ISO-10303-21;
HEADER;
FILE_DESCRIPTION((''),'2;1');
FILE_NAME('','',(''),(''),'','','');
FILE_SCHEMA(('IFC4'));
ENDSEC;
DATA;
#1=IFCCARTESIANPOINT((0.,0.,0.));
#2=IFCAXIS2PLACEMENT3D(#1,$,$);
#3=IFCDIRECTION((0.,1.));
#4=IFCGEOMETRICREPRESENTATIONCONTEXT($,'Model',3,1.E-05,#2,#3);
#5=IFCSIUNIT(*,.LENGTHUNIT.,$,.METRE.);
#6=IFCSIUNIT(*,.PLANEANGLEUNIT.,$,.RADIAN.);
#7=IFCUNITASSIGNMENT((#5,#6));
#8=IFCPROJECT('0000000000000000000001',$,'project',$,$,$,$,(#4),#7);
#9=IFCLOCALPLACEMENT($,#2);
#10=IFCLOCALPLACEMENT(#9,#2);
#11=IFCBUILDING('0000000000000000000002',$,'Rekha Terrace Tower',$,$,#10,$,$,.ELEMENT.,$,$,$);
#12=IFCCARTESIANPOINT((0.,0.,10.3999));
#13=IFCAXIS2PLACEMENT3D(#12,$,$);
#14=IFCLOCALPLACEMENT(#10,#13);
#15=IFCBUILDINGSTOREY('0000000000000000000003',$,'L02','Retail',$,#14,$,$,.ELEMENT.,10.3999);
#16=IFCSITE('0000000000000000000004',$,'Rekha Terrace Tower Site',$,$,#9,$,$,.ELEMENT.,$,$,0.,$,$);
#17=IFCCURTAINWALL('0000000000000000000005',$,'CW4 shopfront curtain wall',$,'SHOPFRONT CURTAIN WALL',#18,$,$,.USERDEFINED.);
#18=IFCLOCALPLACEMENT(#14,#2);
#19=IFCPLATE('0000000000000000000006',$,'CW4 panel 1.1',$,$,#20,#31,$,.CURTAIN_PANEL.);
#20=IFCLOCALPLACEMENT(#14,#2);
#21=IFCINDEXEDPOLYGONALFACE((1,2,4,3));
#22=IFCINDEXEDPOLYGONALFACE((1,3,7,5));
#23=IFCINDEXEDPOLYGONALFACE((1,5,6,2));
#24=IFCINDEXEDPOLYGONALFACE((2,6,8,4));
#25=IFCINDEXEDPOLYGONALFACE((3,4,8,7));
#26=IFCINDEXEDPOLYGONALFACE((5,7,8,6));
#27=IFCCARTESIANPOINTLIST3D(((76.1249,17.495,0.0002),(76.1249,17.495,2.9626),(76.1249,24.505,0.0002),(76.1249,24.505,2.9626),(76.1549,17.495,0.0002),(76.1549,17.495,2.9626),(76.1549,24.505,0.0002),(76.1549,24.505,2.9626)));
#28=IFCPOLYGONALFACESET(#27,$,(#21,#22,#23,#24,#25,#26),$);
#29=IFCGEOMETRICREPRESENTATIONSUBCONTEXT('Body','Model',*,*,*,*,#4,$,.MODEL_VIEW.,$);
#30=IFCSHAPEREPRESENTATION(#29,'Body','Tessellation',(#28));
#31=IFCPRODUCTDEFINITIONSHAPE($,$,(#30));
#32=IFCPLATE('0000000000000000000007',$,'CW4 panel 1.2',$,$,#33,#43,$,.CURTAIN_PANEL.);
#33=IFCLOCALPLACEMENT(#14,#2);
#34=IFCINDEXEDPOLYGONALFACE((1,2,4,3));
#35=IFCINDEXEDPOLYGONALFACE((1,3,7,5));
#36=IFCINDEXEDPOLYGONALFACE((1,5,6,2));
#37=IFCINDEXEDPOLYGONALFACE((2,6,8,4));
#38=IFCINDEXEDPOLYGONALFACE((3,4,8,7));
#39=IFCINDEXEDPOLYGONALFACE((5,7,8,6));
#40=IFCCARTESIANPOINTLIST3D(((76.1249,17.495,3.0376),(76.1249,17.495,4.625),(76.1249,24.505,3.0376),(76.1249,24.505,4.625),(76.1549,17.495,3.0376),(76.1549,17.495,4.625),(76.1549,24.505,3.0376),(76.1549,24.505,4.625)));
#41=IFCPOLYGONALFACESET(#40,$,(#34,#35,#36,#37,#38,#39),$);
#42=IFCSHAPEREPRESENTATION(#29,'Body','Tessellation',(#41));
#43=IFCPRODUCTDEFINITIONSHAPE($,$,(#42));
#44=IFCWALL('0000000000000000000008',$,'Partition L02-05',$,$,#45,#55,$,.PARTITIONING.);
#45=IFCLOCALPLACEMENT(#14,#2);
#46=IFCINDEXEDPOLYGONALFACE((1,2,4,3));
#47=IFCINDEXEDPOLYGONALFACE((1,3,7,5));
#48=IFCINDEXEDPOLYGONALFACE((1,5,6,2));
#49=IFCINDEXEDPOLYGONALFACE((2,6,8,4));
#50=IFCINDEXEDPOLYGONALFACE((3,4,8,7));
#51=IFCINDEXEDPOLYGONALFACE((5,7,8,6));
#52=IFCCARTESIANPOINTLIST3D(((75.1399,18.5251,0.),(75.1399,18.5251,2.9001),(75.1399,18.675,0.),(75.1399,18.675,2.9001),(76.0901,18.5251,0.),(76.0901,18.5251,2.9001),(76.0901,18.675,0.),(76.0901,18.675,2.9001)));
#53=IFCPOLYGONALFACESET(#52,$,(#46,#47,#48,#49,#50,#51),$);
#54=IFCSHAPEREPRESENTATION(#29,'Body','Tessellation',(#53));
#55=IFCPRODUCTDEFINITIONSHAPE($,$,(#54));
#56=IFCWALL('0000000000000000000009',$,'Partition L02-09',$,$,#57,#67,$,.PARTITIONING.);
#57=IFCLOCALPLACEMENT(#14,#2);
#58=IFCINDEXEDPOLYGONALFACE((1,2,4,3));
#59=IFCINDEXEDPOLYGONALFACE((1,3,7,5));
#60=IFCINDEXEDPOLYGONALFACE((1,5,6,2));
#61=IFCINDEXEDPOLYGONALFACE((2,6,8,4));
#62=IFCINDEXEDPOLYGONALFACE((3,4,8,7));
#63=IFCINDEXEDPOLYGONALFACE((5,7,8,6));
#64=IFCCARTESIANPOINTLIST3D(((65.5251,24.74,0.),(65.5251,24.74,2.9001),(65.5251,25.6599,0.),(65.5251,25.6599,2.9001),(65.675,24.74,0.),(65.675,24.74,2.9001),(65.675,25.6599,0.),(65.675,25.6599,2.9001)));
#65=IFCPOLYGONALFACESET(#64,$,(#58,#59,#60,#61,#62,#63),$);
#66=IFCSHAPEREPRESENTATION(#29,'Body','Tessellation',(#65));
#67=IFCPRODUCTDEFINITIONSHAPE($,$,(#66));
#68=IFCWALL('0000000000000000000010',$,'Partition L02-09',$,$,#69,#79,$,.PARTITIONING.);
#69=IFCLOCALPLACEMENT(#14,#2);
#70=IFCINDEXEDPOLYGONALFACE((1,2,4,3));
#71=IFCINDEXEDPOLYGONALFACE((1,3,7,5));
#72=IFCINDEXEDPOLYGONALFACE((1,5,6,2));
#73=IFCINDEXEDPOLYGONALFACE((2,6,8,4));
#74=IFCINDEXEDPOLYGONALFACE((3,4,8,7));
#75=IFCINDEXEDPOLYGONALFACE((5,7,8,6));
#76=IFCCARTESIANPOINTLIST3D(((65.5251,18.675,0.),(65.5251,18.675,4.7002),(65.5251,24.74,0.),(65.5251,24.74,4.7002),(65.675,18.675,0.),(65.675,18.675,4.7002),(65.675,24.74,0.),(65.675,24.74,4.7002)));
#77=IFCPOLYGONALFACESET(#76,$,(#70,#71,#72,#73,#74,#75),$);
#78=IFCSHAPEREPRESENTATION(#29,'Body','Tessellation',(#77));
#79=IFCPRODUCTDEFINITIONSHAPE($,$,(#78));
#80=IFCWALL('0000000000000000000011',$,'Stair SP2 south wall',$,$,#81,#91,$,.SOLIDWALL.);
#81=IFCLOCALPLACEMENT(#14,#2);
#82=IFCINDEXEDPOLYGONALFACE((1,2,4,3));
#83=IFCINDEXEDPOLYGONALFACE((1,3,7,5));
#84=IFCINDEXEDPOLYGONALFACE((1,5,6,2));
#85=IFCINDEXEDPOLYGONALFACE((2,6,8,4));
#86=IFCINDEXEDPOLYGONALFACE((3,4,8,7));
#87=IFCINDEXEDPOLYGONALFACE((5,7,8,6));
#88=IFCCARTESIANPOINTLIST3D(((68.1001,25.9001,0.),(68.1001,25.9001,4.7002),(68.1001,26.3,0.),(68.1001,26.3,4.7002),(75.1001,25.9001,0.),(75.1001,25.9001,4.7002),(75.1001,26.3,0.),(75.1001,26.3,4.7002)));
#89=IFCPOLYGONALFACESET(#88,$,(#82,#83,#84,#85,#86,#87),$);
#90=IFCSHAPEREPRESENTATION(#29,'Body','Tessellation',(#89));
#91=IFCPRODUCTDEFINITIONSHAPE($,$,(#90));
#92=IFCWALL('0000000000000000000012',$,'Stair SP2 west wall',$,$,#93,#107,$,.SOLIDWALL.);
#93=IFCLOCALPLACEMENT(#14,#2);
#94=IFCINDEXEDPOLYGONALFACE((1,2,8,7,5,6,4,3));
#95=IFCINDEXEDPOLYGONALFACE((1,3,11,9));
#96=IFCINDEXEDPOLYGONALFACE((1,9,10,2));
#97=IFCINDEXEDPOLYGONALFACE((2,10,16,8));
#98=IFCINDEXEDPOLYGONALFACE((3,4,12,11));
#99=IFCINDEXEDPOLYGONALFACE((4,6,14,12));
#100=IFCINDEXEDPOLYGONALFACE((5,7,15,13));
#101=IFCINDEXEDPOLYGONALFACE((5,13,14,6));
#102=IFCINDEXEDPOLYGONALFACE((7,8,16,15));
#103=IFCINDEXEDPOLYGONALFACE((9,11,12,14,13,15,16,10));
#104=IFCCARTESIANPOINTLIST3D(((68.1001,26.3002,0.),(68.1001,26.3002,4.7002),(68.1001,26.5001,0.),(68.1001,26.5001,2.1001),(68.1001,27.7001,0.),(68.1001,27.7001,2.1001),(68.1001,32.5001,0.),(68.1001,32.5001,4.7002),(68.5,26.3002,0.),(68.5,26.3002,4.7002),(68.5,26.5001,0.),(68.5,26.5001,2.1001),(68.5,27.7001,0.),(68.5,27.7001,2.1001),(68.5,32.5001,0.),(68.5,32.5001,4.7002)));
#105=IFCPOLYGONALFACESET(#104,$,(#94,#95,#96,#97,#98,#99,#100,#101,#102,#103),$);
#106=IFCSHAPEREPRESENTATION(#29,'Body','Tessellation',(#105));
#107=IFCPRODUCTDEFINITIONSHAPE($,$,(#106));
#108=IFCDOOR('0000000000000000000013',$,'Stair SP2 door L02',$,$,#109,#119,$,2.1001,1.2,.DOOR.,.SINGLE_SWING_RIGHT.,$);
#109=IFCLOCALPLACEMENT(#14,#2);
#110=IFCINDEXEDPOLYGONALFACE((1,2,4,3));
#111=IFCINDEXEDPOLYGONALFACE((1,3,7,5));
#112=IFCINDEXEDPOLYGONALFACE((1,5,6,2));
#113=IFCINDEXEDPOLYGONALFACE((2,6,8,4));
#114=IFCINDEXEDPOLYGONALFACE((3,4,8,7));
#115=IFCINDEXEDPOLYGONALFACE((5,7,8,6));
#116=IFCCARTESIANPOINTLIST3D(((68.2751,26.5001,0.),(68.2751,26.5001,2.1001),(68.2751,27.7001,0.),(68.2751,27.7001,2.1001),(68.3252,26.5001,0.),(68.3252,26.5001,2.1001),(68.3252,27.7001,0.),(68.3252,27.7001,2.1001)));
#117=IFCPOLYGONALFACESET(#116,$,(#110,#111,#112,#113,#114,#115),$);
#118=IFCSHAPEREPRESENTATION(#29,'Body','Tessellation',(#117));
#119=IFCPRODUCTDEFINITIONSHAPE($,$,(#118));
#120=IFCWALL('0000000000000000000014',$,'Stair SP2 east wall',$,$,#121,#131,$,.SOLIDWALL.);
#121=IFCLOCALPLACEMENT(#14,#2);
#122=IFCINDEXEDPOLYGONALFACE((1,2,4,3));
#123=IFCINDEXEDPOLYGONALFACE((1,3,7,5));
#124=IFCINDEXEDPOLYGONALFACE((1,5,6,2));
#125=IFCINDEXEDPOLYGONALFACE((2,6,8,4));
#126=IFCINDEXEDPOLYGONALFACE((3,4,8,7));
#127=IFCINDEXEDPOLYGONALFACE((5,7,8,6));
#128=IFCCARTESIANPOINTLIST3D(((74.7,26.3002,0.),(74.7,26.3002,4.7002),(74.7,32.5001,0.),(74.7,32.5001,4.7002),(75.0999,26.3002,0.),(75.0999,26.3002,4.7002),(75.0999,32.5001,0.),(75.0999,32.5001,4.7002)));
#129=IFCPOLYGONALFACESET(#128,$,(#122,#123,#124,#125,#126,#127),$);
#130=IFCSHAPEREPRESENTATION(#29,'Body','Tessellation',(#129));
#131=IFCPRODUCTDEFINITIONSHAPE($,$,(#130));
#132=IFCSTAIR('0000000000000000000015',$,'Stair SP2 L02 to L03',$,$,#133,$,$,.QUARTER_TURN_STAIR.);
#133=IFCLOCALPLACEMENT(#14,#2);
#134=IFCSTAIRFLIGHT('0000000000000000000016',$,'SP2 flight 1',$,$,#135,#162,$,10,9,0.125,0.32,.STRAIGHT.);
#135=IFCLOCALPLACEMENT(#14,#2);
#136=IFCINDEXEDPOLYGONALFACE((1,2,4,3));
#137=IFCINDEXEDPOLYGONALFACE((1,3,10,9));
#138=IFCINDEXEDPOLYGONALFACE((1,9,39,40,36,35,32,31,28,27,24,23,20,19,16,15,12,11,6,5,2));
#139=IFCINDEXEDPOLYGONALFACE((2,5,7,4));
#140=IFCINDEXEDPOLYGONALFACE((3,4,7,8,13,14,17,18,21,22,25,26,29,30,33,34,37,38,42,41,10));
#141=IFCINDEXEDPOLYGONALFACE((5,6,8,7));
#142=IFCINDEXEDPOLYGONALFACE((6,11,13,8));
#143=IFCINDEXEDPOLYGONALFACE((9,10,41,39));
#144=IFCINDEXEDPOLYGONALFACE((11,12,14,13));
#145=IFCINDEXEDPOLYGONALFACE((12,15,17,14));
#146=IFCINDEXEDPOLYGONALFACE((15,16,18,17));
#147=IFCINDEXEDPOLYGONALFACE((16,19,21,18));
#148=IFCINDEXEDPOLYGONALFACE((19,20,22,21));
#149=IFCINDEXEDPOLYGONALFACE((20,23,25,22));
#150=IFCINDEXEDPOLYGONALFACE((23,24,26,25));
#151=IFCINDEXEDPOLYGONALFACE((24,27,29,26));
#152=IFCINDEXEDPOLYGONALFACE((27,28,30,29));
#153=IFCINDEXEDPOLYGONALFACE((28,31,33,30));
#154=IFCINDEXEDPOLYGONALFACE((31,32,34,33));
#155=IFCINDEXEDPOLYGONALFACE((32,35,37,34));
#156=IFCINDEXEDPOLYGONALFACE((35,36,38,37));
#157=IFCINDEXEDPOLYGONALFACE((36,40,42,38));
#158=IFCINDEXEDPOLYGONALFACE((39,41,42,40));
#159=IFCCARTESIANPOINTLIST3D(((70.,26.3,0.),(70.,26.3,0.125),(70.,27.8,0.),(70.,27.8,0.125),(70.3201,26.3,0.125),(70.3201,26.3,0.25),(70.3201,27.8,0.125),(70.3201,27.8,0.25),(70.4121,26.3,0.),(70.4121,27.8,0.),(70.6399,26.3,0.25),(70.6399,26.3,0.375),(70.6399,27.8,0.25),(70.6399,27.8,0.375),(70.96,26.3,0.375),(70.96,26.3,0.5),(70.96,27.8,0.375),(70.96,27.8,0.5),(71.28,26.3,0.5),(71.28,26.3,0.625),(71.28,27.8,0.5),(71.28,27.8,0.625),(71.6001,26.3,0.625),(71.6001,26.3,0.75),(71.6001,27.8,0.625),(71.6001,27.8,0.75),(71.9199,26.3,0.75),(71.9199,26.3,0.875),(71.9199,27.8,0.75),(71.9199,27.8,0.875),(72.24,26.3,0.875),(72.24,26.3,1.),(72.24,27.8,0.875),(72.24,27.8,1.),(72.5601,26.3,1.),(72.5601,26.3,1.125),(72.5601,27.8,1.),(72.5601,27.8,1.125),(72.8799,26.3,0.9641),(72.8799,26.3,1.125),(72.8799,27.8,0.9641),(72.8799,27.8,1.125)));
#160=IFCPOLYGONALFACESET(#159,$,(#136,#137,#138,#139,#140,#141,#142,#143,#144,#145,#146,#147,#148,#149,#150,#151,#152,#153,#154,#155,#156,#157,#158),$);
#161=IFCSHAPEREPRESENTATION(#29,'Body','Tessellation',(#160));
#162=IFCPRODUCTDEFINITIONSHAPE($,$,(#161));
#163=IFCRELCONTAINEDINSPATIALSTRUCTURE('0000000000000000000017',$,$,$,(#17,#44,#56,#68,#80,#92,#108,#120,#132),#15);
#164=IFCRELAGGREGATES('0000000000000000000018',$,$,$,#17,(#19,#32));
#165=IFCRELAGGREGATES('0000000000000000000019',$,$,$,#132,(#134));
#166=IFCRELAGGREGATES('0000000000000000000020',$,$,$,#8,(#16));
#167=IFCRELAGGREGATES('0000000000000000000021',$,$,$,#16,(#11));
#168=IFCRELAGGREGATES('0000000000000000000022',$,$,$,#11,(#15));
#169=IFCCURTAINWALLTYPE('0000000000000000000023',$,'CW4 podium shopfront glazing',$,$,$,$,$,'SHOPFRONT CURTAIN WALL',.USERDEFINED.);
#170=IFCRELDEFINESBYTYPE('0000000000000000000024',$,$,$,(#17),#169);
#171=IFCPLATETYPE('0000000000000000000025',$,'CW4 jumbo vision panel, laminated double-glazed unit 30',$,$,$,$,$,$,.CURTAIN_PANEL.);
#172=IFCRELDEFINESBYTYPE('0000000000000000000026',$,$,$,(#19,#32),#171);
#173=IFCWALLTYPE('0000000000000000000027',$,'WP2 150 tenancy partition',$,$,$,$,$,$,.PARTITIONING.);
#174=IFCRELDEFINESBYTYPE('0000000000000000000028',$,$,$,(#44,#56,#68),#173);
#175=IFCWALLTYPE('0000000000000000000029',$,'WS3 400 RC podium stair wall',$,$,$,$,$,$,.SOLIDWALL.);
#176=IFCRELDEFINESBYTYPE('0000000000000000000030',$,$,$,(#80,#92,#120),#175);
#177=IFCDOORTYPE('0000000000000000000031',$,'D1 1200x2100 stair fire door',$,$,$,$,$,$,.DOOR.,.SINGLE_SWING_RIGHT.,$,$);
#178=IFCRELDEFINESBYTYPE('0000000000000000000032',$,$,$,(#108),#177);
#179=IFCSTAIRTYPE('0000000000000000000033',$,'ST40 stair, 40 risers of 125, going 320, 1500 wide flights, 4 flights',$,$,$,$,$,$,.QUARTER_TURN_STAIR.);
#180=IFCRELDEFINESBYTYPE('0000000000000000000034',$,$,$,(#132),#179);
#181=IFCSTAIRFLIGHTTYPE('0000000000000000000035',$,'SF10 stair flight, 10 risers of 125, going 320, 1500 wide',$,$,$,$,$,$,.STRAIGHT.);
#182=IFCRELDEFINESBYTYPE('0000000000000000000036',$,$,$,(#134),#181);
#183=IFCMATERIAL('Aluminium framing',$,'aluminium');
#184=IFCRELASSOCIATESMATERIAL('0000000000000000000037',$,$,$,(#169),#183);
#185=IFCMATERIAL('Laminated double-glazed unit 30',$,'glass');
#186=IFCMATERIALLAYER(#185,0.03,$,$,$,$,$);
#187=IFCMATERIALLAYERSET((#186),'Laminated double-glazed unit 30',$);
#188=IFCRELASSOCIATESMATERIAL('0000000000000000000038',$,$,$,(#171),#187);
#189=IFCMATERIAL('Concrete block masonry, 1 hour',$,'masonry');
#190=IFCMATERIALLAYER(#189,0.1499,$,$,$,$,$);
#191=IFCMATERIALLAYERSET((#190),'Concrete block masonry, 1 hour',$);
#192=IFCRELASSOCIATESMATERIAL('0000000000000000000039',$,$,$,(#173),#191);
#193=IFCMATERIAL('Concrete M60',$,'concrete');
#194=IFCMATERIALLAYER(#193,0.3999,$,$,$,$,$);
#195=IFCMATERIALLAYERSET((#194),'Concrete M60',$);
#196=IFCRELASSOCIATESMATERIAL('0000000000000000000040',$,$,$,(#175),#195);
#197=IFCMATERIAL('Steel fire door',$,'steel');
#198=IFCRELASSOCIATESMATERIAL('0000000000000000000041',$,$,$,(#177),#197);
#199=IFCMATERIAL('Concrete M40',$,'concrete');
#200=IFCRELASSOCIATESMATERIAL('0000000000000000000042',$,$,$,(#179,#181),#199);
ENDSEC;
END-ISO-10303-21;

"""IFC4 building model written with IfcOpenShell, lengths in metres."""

from ifc_helpers import new_model, si_unit, direction, frame, frame_2d, origin, origin_2d, place, context, subcontext, project, spatial, polyline, rectangle, outline, extrude, material, layer, layer_set, type_object, element, fill, aggregate, save


model = new_model("IFC4")

# Units and contexts
model_context = context("Model", 3, precision=1e-05, world=origin(), true_north=direction((0.0, 1.0)))
body_context = subcontext(model_context, "Body", "Model", "MODEL_VIEW")
ifc_project = project(units=[si_unit("LENGTHUNIT", "METRE"), si_unit("PLANEANGLEUNIT", "RADIAN")], contexts=[model_context])

# Site, building, storey
site_placement = place(None, origin())
site = spatial("IfcSite", under=ifc_project, at=site_placement, Name="Rekha Terrace Tower Site", CompositionType="ELEMENT", RefElevation=0.0)
building_placement = place(site_placement, origin())
building = spatial("IfcBuilding", under=site, at=building_placement, Name="Rekha Terrace Tower", CompositionType="ELEMENT")
storey_placement = place(building_placement, frame((0.0, 0.0, 10.3999)))
storey = spatial("IfcBuildingStorey", under=building, at=storey_placement, Name="L02", Description="Retail", CompositionType="ELEMENT", Elevation=10.3999)

# Shared definitions
ifc_material_1 = material(Name="Concrete M60", Category="concrete")

# Curtain wall
ifc_material_2 = material(Name="Aluminium framing", Category="aluminium")
curtain_wall_type = type_object("IfcCurtainWallType", Name="CW4 podium shopfront glazing", ElementType="SHOPFRONT CURTAIN WALL", PredefinedType="USERDEFINED", material=ifc_material_2)
curtain_wall_1_placement = place(storey_placement, origin())
curtain_wall_1 = element("IfcCurtainWall", 1, at=curtain_wall_1_placement, inside=storey, type_object=curtain_wall_type, Name="CW4 shopfront curtain wall", ObjectType="SHOPFRONT CURTAIN WALL", PredefinedType="USERDEFINED")

# Plates
ifc_material_3 = material(Name="Laminated double-glazed unit 30", Category="glass")
ifc_layer_1 = layer(ifc_material_3, 0.03)
ifc_layer_set_1 = layer_set([ifc_layer_1], Name="Laminated double-glazed unit 30")
plate_type = type_object("IfcPlateType", Name="CW4 jumbo vision panel, laminated double-glazed unit 30", PredefinedType="CURTAIN_PANEL", material=ifc_layer_set_1)
plate_1_placement = place(storey_placement, frame((76.1399, 21.0, 0.0002), z_axis=(0.0, 0.0, 1.0), x_axis=(0.0, 1.0, 0.0)))
plate_1 = element("IfcPlate", 2, at=plate_1_placement, type_object=plate_type, Name="CW4 panel 1.1", PredefinedType="CURTAIN_PANEL", context=body_context, shape_type="SweptSolid", body=[
    extrude(rectangle(XDim=7.01, YDim=0.03, at=origin_2d()), origin(), (0.0, 0.0, 1.0), 2.9624),
])
plate_2_placement = place(storey_placement, frame((76.1399, 21.0, 3.0376), z_axis=(0.0, 0.0, 1.0), x_axis=(0.0, 1.0, 0.0)))
plate_2 = element("IfcPlate", 3, at=plate_2_placement, type_object=plate_type, Name="CW4 panel 1.2", PredefinedType="CURTAIN_PANEL", context=body_context, shape_type="SweptSolid", body=[
    extrude(rectangle(XDim=7.01, YDim=0.03, at=origin_2d()), origin(), (0.0, 0.0, 1.0), 1.5874),
])
aggregate(curtain_wall_1, [plate_1, plate_2])

# Shared definitions
ifc_material_4 = material(Name="Concrete block masonry, 1 hour", Category="masonry")
ifc_layer_2 = layer(ifc_material_4, 0.1499)
ifc_layer_set_2 = layer_set([ifc_layer_2], Name="Concrete block masonry, 1 hour")
wall_type_1 = type_object("IfcWallType", Name="WP2 150 tenancy partition", PredefinedType="PARTITIONING", material=ifc_layer_set_2)

# Walls
wall_1_placement = place(storey_placement, frame((75.1399, 18.6001, 0.0), z_axis=(0.0, 0.0, 1.0), x_axis=(1.0, 0.0, 0.0)))
element("IfcWall", 4, at=wall_1_placement, inside=storey, type_object=wall_type_1, Name="Partition L02-05", PredefinedType="PARTITIONING", context=body_context, shape_type="SweptSolid", body=[
    extrude(rectangle(XDim=0.9502, YDim=0.1499, at=frame_2d((0.4751, 0.0))), origin(), (0.0, 0.0, 1.0), 2.9001),
])
wall_2_placement = place(storey_placement, frame((65.6001, 25.6599, 0.0), z_axis=(0.0, 0.0, 1.0), x_axis=(0.0, -1.0, 0.0)))
element("IfcWall", 5, at=wall_2_placement, inside=storey, type_object=wall_type_1, Name="Partition L02-09", PredefinedType="PARTITIONING", context=body_context, shape_type="SweptSolid", body=[
    extrude(rectangle(XDim=0.9199, YDim=0.1499, at=frame_2d((0.46, 0.0))), origin(), (0.0, 0.0, 1.0), 2.9001),
])
wall_3_placement = place(storey_placement, frame((65.6001, 24.74, 0.0), z_axis=(0.0, 0.0, 1.0), x_axis=(0.0, -1.0, 0.0)))
element("IfcWall", 6, at=wall_3_placement, inside=storey, type_object=wall_type_1, Name="Partition L02-09", PredefinedType="PARTITIONING", context=body_context, shape_type="SweptSolid", body=[
    extrude(rectangle(XDim=6.0649, YDim=0.1499, at=frame_2d((3.0325, 0.0))), origin(), (0.0, 0.0, 1.0), 4.7002),
])
ifc_layer_3 = layer(ifc_material_1, 0.3999)
ifc_layer_set_3 = layer_set([ifc_layer_3], Name="Concrete M60")
wall_type_2 = type_object("IfcWallType", Name="WS3 400 RC podium stair wall", PredefinedType="SOLIDWALL", material=ifc_layer_set_3)
wall_4_placement = place(storey_placement, frame((68.1001, 26.1001, 0.0), z_axis=(0.0, 0.0, 1.0), x_axis=(1.0, 0.0, 0.0)))
element("IfcWall", 7, at=wall_4_placement, inside=storey, type_object=wall_type_2, Name="Stair SP2 south wall", PredefinedType="SOLIDWALL", context=body_context, shape_type="SweptSolid", body=[
    extrude(rectangle(XDim=7.0, YDim=0.3999, at=frame_2d((3.5, 0.0))), origin(), (0.0, 0.0, 1.0), 4.7002),
])

# Wall, opening, door
wall_5_placement = place(storey_placement, frame((68.3, 26.3, 0.0), z_axis=(0.0, 0.0, 1.0), x_axis=(0.0, 1.0, 0.0)))
wall_5 = element("IfcWall", 8, at=wall_5_placement, inside=storey, type_object=wall_type_2, Name="Stair SP2 west wall", PredefinedType="SOLIDWALL", context=body_context, shape_type="SweptSolid", body=[
    extrude(rectangle(XDim=6.2, YDim=0.3999, at=frame_2d((3.1001, 0.0))), origin(), (0.0, 0.0, 1.0), 4.7002),
])
opening_1_placement = place(wall_5_placement, frame((0.2, 0.0, 0.0)))
opening_1 = element("IfcOpeningElement", 9, at=opening_1_placement, cuts=wall_5, PredefinedType="OPENING", context=body_context, shape_type="SweptSolid", body=[
    extrude(rectangle(XDim=1.2, YDim=2.1001, at=frame_2d((0.6001, 1.05))), frame((0.0, 0.21, 0.0), z_axis=(0.0, -1.0, 0.0), x_axis=(1.0, 0.0, 0.0)), (0.0, 0.0, 1.0), 0.4199),
])
ifc_material_5 = material(Name="Steel fire door", Category="steel")
door_type_1 = type_object("IfcDoorType", Name="D1 1200x2100 stair fire door", OperationType="SINGLE_SWING_RIGHT", PredefinedType="DOOR", material=ifc_material_5)
door_1_placement = place(opening_1_placement, origin())
door_1 = element("IfcDoor", 10, at=door_1_placement, inside=storey, type_object=door_type_1, Name="Stair SP2 door L02", OperationType="SINGLE_SWING_RIGHT", OverallHeight=2.1001, OverallWidth=1.2, PredefinedType="DOOR", context=body_context, shape_type="SweptSolid", body=[
    extrude(rectangle(XDim=1.2, YDim=2.1001, at=frame_2d((0.6001, 1.05))), frame((0.0, 0.0249, 0.0), z_axis=(0.0, -1.0, 0.0), x_axis=(1.0, 0.0, 0.0)), (0.0, 0.0, 1.0), 0.05),
])
fill(opening_1, door_1)

# Wall
wall_6_placement = place(storey_placement, frame((74.8999, 26.3, 0.0), z_axis=(0.0, 0.0, 1.0), x_axis=(0.0, 1.0, 0.0)))
element("IfcWall", 11, at=wall_6_placement, inside=storey, type_object=wall_type_2, Name="Stair SP2 east wall", PredefinedType="SOLIDWALL", context=body_context, shape_type="SweptSolid", body=[
    extrude(rectangle(XDim=6.2, YDim=0.3999, at=frame_2d((3.1001, 0.0))), origin(), (0.0, 0.0, 1.0), 4.7002),
])

# Stair, stair flight
ifc_material_6 = material(Name="Concrete M40", Category="concrete")
stair_type = type_object("IfcStairType", Name="ST40 stair, 40 risers of 125, going 320, 1500 wide flights, 4 flights", PredefinedType="QUARTER_TURN_STAIR", material=ifc_material_6)
stair_placement = place(storey_placement, origin())
stair = element("IfcStair", 12, at=stair_placement, inside=storey, type_object=stair_type, Name="Stair SP2 L02 to L03", PredefinedType="QUARTER_TURN_STAIR")
stair_flight_type = type_object("IfcStairFlightType", Name="SF10 stair flight, 10 risers of 125, going 320, 1500 wide", PredefinedType="STRAIGHT", material=ifc_material_6)
stair_flight_placement = place(storey_placement, frame((70.0, 27.05, 0.0), z_axis=(0.0, 0.0, 1.0), x_axis=(1.0, 0.0, 0.0)))
stair_flight = element("IfcStairFlight", 13, at=stair_flight_placement, type_object=stair_flight_type, Name="SP2 flight 1", NumberOfRisers=10, NumberOfTreads=9, PredefinedType="STRAIGHT", RiserHeight=0.125, TreadLength=0.32, context=body_context, shape_type="SweptSolid", body=[
    extrude(outline(polyline([(0.0, 0.0), (0.0, 0.125), (0.3201, 0.125), (0.3201, 0.25), (0.6399, 0.25), (0.6399, 0.375), (0.96, 0.375), (0.96, 0.5), (1.28, 0.5), (1.28, 0.625), (1.6001, 0.625), (1.6001, 0.75), (1.9199, 0.75), (1.9199, 0.875), (2.24, 0.875), (2.24, 1.0), (2.5601, 1.0), (2.5601, 1.125), (2.8799, 1.125), (2.8799, 1.25), (2.8799, 0.9641), (0.4121, 0.0), (0.0, 0.0)])), frame((0.0, 0.75, 0.0), z_axis=(0.0, -1.0, 0.0), x_axis=(1.0, 0.0, 0.0)), (0.0, 0.0, 1.0), 1.5),
])
aggregate(stair, [stair_flight])

save(model, "model.ifc")
